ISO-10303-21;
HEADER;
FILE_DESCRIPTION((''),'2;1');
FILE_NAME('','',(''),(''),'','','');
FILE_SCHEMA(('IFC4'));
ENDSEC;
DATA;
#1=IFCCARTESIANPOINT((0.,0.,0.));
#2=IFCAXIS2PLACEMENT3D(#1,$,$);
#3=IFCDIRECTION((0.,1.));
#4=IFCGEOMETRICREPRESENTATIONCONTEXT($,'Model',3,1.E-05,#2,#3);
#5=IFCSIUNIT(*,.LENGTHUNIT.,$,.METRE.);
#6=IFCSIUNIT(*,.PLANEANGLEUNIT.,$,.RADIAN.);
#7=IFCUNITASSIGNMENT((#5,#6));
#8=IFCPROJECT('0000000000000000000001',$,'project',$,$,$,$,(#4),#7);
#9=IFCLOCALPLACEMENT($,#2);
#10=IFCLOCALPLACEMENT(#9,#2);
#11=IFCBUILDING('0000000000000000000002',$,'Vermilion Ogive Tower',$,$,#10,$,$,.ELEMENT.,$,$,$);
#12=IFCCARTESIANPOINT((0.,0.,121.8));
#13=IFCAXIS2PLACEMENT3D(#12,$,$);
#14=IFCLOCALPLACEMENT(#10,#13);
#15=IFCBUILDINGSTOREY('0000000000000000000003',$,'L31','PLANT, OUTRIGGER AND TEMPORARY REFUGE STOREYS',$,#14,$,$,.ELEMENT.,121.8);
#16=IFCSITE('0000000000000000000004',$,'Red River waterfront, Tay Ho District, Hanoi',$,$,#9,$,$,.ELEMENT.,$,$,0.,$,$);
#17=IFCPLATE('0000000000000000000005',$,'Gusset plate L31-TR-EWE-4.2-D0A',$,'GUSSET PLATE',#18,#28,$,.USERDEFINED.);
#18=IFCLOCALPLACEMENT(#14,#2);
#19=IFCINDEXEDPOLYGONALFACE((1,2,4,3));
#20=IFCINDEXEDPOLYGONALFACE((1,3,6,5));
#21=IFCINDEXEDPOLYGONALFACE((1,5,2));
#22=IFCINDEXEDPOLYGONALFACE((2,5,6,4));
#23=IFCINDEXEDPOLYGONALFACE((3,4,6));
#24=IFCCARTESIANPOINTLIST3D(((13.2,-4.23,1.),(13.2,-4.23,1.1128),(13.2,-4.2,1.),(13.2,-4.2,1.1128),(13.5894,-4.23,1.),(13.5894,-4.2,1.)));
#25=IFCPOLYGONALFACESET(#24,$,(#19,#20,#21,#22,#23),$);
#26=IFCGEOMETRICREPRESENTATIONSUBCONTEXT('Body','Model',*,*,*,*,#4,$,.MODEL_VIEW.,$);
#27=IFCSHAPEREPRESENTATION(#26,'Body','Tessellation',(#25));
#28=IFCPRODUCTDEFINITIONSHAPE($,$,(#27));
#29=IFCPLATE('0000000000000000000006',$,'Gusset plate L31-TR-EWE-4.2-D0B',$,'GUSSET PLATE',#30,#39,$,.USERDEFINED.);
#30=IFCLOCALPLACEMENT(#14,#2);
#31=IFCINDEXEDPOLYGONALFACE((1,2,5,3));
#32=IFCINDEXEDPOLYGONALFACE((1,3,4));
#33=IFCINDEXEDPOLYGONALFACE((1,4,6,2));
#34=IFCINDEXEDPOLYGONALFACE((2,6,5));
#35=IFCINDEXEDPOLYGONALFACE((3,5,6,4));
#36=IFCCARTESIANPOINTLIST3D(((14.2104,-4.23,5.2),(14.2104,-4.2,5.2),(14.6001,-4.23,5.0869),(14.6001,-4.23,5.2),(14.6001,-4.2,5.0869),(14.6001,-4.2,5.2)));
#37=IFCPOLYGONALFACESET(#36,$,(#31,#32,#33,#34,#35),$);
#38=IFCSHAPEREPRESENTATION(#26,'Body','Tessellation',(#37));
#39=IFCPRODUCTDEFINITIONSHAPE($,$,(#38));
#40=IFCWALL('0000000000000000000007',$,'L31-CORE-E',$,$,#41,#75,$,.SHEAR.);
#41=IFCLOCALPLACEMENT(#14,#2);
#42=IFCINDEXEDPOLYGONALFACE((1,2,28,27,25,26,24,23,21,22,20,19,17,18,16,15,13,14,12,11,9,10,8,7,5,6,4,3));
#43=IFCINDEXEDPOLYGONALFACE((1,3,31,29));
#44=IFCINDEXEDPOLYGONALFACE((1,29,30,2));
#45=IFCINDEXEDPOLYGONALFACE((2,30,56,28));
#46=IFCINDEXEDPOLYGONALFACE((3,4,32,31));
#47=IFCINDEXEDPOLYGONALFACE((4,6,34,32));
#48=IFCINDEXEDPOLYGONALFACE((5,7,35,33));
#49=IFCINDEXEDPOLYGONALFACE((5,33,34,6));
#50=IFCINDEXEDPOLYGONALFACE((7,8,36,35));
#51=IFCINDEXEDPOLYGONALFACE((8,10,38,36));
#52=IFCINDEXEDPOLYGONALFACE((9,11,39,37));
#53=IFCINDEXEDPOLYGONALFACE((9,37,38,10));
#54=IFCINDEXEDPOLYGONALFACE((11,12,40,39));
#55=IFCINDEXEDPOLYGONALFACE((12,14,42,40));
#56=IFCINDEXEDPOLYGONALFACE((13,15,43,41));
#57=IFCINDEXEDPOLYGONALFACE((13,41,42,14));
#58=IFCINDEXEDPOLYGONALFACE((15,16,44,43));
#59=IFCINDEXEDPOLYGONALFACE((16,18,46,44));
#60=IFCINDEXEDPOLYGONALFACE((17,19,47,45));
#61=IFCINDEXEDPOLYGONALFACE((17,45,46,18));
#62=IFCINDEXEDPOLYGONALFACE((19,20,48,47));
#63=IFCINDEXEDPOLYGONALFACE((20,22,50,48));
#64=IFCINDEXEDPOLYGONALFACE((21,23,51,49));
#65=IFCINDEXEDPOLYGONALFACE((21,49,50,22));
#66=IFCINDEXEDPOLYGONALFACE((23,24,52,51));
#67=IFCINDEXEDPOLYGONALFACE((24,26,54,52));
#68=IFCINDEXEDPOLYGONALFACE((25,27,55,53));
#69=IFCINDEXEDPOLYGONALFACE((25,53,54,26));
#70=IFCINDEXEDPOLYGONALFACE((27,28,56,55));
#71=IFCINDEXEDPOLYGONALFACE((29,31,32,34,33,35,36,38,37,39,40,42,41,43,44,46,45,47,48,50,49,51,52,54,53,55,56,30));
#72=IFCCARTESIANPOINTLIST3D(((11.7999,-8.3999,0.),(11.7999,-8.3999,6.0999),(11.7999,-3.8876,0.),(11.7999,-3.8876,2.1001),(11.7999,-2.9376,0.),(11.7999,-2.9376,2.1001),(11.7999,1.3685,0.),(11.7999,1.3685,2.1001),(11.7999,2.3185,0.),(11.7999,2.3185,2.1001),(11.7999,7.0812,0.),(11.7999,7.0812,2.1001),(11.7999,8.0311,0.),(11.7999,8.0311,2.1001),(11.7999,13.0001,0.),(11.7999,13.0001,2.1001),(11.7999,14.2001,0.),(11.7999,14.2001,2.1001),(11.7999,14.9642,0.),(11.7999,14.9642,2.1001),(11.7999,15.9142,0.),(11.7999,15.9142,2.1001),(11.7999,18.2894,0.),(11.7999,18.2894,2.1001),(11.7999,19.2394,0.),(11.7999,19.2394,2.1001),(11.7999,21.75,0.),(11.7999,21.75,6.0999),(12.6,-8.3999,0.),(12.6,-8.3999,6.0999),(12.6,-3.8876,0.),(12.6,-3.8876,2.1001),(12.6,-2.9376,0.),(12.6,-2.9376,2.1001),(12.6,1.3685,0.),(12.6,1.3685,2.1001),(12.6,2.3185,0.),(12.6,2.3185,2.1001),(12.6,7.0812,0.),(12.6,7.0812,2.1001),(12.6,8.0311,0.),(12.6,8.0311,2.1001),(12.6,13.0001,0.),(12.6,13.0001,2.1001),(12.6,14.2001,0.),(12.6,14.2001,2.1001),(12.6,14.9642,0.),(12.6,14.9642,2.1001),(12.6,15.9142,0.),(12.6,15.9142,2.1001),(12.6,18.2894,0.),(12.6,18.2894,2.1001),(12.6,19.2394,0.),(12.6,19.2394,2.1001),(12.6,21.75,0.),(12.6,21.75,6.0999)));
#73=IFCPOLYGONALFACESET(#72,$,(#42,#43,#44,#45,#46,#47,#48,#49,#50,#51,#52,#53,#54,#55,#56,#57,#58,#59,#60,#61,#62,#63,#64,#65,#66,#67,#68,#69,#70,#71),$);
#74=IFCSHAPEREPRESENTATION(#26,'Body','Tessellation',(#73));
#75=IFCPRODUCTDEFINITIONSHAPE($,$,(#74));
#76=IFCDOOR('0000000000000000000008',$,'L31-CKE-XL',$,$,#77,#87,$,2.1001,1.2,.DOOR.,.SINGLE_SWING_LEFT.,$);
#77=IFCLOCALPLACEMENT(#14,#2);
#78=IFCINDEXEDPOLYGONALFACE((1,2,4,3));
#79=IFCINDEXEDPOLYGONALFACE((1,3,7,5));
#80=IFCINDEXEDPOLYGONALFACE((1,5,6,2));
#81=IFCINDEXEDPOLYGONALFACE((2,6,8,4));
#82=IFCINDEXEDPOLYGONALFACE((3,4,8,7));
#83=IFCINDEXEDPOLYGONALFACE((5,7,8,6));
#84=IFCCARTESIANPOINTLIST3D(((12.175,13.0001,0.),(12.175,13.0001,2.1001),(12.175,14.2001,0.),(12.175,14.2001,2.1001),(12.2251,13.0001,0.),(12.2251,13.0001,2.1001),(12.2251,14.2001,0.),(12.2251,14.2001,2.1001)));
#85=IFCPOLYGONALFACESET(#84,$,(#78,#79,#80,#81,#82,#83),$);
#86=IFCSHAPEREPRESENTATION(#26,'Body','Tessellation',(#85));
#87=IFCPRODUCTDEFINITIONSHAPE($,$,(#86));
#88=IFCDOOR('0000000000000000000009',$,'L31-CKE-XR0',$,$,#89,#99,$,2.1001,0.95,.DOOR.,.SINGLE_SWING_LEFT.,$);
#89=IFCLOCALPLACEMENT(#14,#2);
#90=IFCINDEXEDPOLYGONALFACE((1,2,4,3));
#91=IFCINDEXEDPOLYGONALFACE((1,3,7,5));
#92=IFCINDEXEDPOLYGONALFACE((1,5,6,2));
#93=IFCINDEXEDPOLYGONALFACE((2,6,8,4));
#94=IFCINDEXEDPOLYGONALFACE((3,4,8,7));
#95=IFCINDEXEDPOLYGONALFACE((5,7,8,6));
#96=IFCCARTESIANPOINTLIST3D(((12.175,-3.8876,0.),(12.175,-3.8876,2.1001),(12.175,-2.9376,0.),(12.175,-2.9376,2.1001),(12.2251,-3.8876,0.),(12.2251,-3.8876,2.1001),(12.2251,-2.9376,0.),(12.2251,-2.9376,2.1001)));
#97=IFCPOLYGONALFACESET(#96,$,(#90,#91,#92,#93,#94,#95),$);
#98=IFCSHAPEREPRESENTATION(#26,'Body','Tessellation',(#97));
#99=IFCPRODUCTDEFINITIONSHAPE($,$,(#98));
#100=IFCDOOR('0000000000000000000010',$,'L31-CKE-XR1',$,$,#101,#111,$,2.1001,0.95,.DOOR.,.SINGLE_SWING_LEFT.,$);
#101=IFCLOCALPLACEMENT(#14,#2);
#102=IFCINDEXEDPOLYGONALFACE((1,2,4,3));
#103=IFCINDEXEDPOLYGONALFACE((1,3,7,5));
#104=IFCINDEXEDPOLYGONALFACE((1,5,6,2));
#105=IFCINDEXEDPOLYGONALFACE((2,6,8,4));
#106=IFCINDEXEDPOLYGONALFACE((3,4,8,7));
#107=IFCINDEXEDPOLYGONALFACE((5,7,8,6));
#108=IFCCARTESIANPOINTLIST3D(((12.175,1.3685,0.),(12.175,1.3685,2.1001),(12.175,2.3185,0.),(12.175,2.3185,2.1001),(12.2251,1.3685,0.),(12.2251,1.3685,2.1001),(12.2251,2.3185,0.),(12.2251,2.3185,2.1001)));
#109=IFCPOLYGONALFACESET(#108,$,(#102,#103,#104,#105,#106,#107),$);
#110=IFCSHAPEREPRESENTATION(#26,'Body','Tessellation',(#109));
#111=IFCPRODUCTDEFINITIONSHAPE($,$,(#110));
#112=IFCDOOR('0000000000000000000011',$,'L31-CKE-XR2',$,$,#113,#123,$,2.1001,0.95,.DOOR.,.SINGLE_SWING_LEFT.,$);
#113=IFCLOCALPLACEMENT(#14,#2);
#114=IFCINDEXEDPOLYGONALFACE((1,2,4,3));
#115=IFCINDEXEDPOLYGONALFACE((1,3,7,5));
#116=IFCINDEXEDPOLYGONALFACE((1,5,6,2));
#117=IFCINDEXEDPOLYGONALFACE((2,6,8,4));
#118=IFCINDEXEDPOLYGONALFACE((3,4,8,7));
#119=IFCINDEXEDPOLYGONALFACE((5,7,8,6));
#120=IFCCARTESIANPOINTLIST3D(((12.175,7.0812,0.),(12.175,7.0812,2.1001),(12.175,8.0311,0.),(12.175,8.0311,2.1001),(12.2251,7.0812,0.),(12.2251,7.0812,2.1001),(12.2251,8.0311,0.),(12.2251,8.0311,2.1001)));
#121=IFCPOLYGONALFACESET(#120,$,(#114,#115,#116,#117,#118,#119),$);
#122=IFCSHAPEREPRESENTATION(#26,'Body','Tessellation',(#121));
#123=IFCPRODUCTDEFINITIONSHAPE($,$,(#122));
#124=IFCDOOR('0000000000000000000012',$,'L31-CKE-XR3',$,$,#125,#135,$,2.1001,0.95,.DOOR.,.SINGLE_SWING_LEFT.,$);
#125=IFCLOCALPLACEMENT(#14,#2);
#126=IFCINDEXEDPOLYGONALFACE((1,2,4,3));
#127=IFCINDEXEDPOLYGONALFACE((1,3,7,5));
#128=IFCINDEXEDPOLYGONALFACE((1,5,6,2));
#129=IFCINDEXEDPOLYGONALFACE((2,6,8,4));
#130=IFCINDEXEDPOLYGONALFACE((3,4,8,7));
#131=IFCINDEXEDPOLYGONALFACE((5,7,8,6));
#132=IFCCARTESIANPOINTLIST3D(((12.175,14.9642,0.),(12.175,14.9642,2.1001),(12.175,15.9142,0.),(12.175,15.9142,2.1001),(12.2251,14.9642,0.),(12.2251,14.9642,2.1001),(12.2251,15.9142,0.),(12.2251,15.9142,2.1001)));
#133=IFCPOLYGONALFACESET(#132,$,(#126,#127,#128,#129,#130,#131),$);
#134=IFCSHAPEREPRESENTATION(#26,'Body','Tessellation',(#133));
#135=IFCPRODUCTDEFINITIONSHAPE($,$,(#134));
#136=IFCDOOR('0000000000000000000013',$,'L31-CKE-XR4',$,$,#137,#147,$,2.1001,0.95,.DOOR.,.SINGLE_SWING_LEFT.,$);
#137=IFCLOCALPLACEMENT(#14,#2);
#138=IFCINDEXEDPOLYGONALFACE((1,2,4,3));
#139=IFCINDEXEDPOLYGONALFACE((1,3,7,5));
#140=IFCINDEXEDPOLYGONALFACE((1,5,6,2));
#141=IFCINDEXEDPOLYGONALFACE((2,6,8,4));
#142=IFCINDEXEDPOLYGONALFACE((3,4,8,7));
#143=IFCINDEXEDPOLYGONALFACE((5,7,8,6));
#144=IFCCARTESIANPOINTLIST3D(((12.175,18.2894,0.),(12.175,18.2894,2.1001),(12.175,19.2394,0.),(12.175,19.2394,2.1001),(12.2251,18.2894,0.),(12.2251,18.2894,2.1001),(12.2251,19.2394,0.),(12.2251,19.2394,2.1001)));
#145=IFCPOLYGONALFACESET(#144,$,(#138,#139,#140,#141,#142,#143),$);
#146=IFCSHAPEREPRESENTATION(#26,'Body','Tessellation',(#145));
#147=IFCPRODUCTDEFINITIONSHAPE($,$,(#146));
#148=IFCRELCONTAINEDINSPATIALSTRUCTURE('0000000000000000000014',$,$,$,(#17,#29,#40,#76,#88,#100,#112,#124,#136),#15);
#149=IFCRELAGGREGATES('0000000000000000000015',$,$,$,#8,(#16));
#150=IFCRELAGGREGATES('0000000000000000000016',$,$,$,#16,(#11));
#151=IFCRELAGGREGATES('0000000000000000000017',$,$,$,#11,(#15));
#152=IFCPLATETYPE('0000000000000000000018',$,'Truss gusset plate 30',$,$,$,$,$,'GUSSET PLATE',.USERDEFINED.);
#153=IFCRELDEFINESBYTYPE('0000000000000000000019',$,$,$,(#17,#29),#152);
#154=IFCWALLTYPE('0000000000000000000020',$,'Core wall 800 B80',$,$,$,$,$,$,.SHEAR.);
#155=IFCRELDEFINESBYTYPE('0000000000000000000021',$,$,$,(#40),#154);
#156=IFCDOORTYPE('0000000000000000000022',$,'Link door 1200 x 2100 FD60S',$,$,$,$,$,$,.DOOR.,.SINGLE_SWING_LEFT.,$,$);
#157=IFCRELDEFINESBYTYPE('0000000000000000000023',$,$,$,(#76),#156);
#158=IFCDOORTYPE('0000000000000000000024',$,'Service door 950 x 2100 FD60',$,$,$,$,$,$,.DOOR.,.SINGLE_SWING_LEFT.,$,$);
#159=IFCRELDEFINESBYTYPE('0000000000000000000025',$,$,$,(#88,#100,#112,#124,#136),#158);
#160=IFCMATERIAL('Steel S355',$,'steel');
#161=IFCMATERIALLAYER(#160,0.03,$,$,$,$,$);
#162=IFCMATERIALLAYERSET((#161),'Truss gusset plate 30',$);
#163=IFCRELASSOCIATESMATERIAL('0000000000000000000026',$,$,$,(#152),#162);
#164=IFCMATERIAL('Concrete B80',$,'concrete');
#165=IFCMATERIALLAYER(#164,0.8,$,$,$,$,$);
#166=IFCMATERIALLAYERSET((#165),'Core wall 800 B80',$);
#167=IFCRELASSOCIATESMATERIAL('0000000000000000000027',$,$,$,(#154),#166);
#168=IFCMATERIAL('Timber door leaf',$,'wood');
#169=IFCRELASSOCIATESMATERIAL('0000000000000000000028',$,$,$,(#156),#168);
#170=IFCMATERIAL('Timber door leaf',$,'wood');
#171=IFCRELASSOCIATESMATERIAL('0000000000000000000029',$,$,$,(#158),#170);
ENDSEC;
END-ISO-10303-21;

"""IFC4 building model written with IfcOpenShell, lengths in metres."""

from ifc_helpers import new_model, si_unit, direction, frame, frame_2d, origin, place, context, subcontext, project, spatial, polyline, rectangle, outline, extrude, material, layer, layer_set, type_object, element, fill, save


model = new_model("IFC4")

# Units and contexts
model_context = context("Model", 3, precision=1e-05, world=origin(), true_north=direction((0.0, 1.0)))
body_context = subcontext(model_context, "Body", "Model", "MODEL_VIEW")
ifc_project = project(units=[si_unit("LENGTHUNIT", "METRE"), si_unit("PLANEANGLEUNIT", "RADIAN")], contexts=[model_context])

# Site, building, storey
site_placement = place(None, origin())
site = spatial("IfcSite", under=ifc_project, at=site_placement, Name="Red River waterfront, Tay Ho District, Hanoi", CompositionType="ELEMENT", RefElevation=0.0)
building_placement = place(site_placement, origin())
building = spatial("IfcBuilding", under=site, at=building_placement, Name="Vermilion Ogive Tower", CompositionType="ELEMENT")
storey_placement = place(building_placement, frame((0.0, 0.0, 121.8)))
storey = spatial("IfcBuildingStorey", under=building, at=storey_placement, Name="L31", Description="PLANT, OUTRIGGER AND TEMPORARY REFUGE STOREYS", CompositionType="ELEMENT", Elevation=121.8)

# Plates
ifc_material_1 = material(Name="Steel S355", Category="steel")
ifc_layer_1 = layer(ifc_material_1, 0.03)
ifc_layer_set_1 = layer_set([ifc_layer_1], Name="Truss gusset plate 30")
plate_type_1 = type_object("IfcPlateType", Name="Truss gusset plate 30", ElementType="GUSSET PLATE", PredefinedType="USERDEFINED", material=ifc_layer_set_1)
plate_1_placement = place(storey_placement, frame((13.2, -4.2, 1.1128), z_axis=(0.0, 1.0, 0.0), x_axis=(0.960518, 0.0, -0.278219)))
element("IfcPlate", 1, at=plate_1_placement, inside=storey, type_object=plate_type_1, Name="Gusset plate L31-TR-EWE-4.2-D0A", ObjectType="GUSSET PLATE", PredefinedType="USERDEFINED", context=body_context, shape_type="SweptSolid", body=[
    extrude(outline(polyline([(0.0, 0.0), (0.4054, 0.0), (0.0314, 0.1083), (0.0, 0.0)])), origin(), (0.0, 0.0, -1.0), 0.03),
])
plate_2_placement = place(storey_placement, frame((14.6001, -4.2, 5.0869), z_axis=(0.0, 1.0, 0.0), x_axis=(-0.960403, 0.0, 0.278613)))
element("IfcPlate", 2, at=plate_2_placement, inside=storey, type_object=plate_type_1, Name="Gusset plate L31-TR-EWE-4.2-D0B", ObjectType="GUSSET PLATE", PredefinedType="USERDEFINED", context=body_context, shape_type="SweptSolid", body=[
    extrude(outline(polyline([(0.0, 0.0), (0.4057, 0.0), (0.0315, 0.1086), (0.0, 0.0)])), origin(), (0.0, 0.0, -1.0), 0.03),
])

# Wall, openings, doors
ifc_material_2 = material(Name="Concrete B80", Category="concrete")
ifc_layer_2 = layer(ifc_material_2, 0.8)
ifc_layer_set_2 = layer_set([ifc_layer_2], Name="Core wall 800 B80")
wall_type = type_object("IfcWallType", Name="Core wall 800 B80", PredefinedType="SHEAR", material=ifc_layer_set_2)
wall_placement = place(storey_placement, frame((12.2, -8.3999, 0.0), z_axis=(0.0, 0.0, 1.0), x_axis=(0.0, 1.0, 0.0)))
wall = element("IfcWall", 3, at=wall_placement, inside=storey, type_object=wall_type, Name="L31-CORE-E", PredefinedType="SHEAR", context=body_context, shape_type="SweptSolid", body=[
    extrude(rectangle(XDim=30.1499, YDim=0.8, at=frame_2d((15.075, 0.0))), origin(), (0.0, 0.0, 1.0), 6.0999),
])
opening_1_placement = place(wall_placement, frame((4.5122, 0.0, 0.0)))
opening_1 = element("IfcOpeningElement", 4, at=opening_1_placement, cuts=wall, PredefinedType="OPENING", context=body_context, shape_type="SweptSolid", body=[
    extrude(rectangle(XDim=0.95, YDim=2.1001, at=frame_2d((0.4751, 1.05))), frame((0.0, 0.4099, 0.0), z_axis=(0.0, -1.0, 0.0), x_axis=(1.0, 0.0, 0.0)), (0.0, 0.0, 1.0), 0.8201),
])
opening_2_placement = place(wall_placement, frame((9.7683, 0.0, 0.0)))
opening_2 = element("IfcOpeningElement", 5, at=opening_2_placement, cuts=wall, PredefinedType="OPENING", context=body_context, shape_type="SweptSolid", body=[
    extrude(rectangle(XDim=0.95, YDim=2.1001, at=frame_2d((0.4751, 1.05))), frame((0.0, 0.4099, 0.0), z_axis=(0.0, -1.0, 0.0), x_axis=(1.0, 0.0, 0.0)), (0.0, 0.0, 1.0), 0.8201),
])
opening_3_placement = place(wall_placement, frame((15.481, 0.0, 0.0)))
opening_3 = element("IfcOpeningElement", 6, at=opening_3_placement, cuts=wall, PredefinedType="OPENING", context=body_context, shape_type="SweptSolid", body=[
    extrude(rectangle(XDim=0.95, YDim=2.1001, at=frame_2d((0.4751, 1.05))), frame((0.0, 0.4099, 0.0), z_axis=(0.0, -1.0, 0.0), x_axis=(1.0, 0.0, 0.0)), (0.0, 0.0, 1.0), 0.8201),
])
opening_4_placement = place(wall_placement, frame((23.364, 0.0, 0.0)))
opening_4 = element("IfcOpeningElement", 7, at=opening_4_placement, cuts=wall, PredefinedType="OPENING", context=body_context, shape_type="SweptSolid", body=[
    extrude(rectangle(XDim=0.95, YDim=2.1001, at=frame_2d((0.4751, 1.05))), frame((0.0, 0.4099, 0.0), z_axis=(0.0, -1.0, 0.0), x_axis=(1.0, 0.0, 0.0)), (0.0, 0.0, 1.0), 0.8201),
])
opening_5_placement = place(wall_placement, frame((26.6892, 0.0, 0.0)))
opening_5 = element("IfcOpeningElement", 8, at=opening_5_placement, cuts=wall, PredefinedType="OPENING", context=body_context, shape_type="SweptSolid", body=[
    extrude(rectangle(XDim=0.95, YDim=2.1001, at=frame_2d((0.4751, 1.05))), frame((0.0, 0.4099, 0.0), z_axis=(0.0, -1.0, 0.0), x_axis=(1.0, 0.0, 0.0)), (0.0, 0.0, 1.0), 0.8201),
])
opening_6_placement = place(wall_placement, frame((21.3999, 0.0, 0.0)))
opening_6 = element("IfcOpeningElement", 9, at=opening_6_placement, cuts=wall, PredefinedType="OPENING", context=body_context, shape_type="SweptSolid", body=[
    extrude(rectangle(XDim=1.2, YDim=2.1001, at=frame_2d((0.6001, 1.05))), frame((0.0, 0.4099, 0.0), z_axis=(0.0, -1.0, 0.0), x_axis=(1.0, 0.0, 0.0)), (0.0, 0.0, 1.0), 0.8201),
])
ifc_material_3 = material(Name="Timber door leaf", Category="wood")
door_type_1 = type_object("IfcDoorType", Name="Link door 1200 x 2100 FD60S", OperationType="SINGLE_SWING_LEFT", PredefinedType="DOOR", material=ifc_material_3)
door_1_placement = place(opening_6_placement, origin())
door_1 = element("IfcDoor", 10, at=door_1_placement, inside=storey, type_object=door_type_1, Name="L31-CKE-XL", OperationType="SINGLE_SWING_LEFT", OverallHeight=2.1001, OverallWidth=1.2, PredefinedType="DOOR", context=body_context, shape_type="SweptSolid", body=[
    extrude(rectangle(XDim=1.2, YDim=2.1001, at=frame_2d((0.6001, 1.05))), frame((0.0, 0.0249, 0.0), z_axis=(0.0, -1.0, 0.0), x_axis=(1.0, 0.0, 0.0)), (0.0, 0.0, 1.0), 0.05),
])
fill(opening_6, door_1)
ifc_material_4 = material(Name="Timber door leaf", Category="wood")
door_type_2 = type_object("IfcDoorType", Name="Service door 950 x 2100 FD60", OperationType="SINGLE_SWING_LEFT", PredefinedType="DOOR", material=ifc_material_4)
door_2_placement = place(opening_1_placement, origin())
door_2 = element("IfcDoor", 11, at=door_2_placement, inside=storey, type_object=door_type_2, Name="L31-CKE-XR0", OperationType="SINGLE_SWING_LEFT", OverallHeight=2.1001, OverallWidth=0.95, PredefinedType="DOOR", context=body_context, shape_type="SweptSolid", body=[
    extrude(rectangle(XDim=0.95, YDim=2.1001, at=frame_2d((0.4751, 1.05))), frame((0.0, 0.0249, 0.0), z_axis=(0.0, -1.0, 0.0), x_axis=(1.0, 0.0, 0.0)), (0.0, 0.0, 1.0), 0.05),
])
fill(opening_1, door_2)
door_3_placement = place(opening_2_placement, origin())
door_3 = element("IfcDoor", 12, at=door_3_placement, inside=storey, type_object=door_type_2, Name="L31-CKE-XR1", OperationType="SINGLE_SWING_LEFT", OverallHeight=2.1001, OverallWidth=0.95, PredefinedType="DOOR", context=body_context, shape_type="SweptSolid", body=[
    extrude(rectangle(XDim=0.95, YDim=2.1001, at=frame_2d((0.4751, 1.05))), frame((0.0, 0.0249, 0.0), z_axis=(0.0, -1.0, 0.0), x_axis=(1.0, 0.0, 0.0)), (0.0, 0.0, 1.0), 0.05),
])
fill(opening_2, door_3)
door_4_placement = place(opening_3_placement, origin())
door_4 = element("IfcDoor", 13, at=door_4_placement, inside=storey, type_object=door_type_2, Name="L31-CKE-XR2", OperationType="SINGLE_SWING_LEFT", OverallHeight=2.1001, OverallWidth=0.95, PredefinedType="DOOR", context=body_context, shape_type="SweptSolid", body=[
    extrude(rectangle(XDim=0.95, YDim=2.1001, at=frame_2d((0.4751, 1.05))), frame((0.0, 0.0249, 0.0), z_axis=(0.0, -1.0, 0.0), x_axis=(1.0, 0.0, 0.0)), (0.0, 0.0, 1.0), 0.05),
])
fill(opening_3, door_4)
door_5_placement = place(opening_4_placement, origin())
door_5 = element("IfcDoor", 14, at=door_5_placement, inside=storey, type_object=door_type_2, Name="L31-CKE-XR3", OperationType="SINGLE_SWING_LEFT", OverallHeight=2.1001, OverallWidth=0.95, PredefinedType="DOOR", context=body_context, shape_type="SweptSolid", body=[
    extrude(rectangle(XDim=0.95, YDim=2.1001, at=frame_2d((0.4751, 1.05))), frame((0.0, 0.0249, 0.0), z_axis=(0.0, -1.0, 0.0), x_axis=(1.0, 0.0, 0.0)), (0.0, 0.0, 1.0), 0.05),
])
fill(opening_4, door_5)
door_6_placement = place(opening_5_placement, origin())
door_6 = element("IfcDoor", 15, at=door_6_placement, inside=storey, type_object=door_type_2, Name="L31-CKE-XR4", OperationType="SINGLE_SWING_LEFT", OverallHeight=2.1001, OverallWidth=0.95, PredefinedType="DOOR", context=body_context, shape_type="SweptSolid", body=[
    extrude(rectangle(XDim=0.95, YDim=2.1001, at=frame_2d((0.4751, 1.05))), frame((0.0, 0.0249, 0.0), z_axis=(0.0, -1.0, 0.0), x_axis=(1.0, 0.0, 0.0)), (0.0, 0.0, 1.0), 0.05),
])
fill(opening_5, door_6)

save(model, "model.ifc")
